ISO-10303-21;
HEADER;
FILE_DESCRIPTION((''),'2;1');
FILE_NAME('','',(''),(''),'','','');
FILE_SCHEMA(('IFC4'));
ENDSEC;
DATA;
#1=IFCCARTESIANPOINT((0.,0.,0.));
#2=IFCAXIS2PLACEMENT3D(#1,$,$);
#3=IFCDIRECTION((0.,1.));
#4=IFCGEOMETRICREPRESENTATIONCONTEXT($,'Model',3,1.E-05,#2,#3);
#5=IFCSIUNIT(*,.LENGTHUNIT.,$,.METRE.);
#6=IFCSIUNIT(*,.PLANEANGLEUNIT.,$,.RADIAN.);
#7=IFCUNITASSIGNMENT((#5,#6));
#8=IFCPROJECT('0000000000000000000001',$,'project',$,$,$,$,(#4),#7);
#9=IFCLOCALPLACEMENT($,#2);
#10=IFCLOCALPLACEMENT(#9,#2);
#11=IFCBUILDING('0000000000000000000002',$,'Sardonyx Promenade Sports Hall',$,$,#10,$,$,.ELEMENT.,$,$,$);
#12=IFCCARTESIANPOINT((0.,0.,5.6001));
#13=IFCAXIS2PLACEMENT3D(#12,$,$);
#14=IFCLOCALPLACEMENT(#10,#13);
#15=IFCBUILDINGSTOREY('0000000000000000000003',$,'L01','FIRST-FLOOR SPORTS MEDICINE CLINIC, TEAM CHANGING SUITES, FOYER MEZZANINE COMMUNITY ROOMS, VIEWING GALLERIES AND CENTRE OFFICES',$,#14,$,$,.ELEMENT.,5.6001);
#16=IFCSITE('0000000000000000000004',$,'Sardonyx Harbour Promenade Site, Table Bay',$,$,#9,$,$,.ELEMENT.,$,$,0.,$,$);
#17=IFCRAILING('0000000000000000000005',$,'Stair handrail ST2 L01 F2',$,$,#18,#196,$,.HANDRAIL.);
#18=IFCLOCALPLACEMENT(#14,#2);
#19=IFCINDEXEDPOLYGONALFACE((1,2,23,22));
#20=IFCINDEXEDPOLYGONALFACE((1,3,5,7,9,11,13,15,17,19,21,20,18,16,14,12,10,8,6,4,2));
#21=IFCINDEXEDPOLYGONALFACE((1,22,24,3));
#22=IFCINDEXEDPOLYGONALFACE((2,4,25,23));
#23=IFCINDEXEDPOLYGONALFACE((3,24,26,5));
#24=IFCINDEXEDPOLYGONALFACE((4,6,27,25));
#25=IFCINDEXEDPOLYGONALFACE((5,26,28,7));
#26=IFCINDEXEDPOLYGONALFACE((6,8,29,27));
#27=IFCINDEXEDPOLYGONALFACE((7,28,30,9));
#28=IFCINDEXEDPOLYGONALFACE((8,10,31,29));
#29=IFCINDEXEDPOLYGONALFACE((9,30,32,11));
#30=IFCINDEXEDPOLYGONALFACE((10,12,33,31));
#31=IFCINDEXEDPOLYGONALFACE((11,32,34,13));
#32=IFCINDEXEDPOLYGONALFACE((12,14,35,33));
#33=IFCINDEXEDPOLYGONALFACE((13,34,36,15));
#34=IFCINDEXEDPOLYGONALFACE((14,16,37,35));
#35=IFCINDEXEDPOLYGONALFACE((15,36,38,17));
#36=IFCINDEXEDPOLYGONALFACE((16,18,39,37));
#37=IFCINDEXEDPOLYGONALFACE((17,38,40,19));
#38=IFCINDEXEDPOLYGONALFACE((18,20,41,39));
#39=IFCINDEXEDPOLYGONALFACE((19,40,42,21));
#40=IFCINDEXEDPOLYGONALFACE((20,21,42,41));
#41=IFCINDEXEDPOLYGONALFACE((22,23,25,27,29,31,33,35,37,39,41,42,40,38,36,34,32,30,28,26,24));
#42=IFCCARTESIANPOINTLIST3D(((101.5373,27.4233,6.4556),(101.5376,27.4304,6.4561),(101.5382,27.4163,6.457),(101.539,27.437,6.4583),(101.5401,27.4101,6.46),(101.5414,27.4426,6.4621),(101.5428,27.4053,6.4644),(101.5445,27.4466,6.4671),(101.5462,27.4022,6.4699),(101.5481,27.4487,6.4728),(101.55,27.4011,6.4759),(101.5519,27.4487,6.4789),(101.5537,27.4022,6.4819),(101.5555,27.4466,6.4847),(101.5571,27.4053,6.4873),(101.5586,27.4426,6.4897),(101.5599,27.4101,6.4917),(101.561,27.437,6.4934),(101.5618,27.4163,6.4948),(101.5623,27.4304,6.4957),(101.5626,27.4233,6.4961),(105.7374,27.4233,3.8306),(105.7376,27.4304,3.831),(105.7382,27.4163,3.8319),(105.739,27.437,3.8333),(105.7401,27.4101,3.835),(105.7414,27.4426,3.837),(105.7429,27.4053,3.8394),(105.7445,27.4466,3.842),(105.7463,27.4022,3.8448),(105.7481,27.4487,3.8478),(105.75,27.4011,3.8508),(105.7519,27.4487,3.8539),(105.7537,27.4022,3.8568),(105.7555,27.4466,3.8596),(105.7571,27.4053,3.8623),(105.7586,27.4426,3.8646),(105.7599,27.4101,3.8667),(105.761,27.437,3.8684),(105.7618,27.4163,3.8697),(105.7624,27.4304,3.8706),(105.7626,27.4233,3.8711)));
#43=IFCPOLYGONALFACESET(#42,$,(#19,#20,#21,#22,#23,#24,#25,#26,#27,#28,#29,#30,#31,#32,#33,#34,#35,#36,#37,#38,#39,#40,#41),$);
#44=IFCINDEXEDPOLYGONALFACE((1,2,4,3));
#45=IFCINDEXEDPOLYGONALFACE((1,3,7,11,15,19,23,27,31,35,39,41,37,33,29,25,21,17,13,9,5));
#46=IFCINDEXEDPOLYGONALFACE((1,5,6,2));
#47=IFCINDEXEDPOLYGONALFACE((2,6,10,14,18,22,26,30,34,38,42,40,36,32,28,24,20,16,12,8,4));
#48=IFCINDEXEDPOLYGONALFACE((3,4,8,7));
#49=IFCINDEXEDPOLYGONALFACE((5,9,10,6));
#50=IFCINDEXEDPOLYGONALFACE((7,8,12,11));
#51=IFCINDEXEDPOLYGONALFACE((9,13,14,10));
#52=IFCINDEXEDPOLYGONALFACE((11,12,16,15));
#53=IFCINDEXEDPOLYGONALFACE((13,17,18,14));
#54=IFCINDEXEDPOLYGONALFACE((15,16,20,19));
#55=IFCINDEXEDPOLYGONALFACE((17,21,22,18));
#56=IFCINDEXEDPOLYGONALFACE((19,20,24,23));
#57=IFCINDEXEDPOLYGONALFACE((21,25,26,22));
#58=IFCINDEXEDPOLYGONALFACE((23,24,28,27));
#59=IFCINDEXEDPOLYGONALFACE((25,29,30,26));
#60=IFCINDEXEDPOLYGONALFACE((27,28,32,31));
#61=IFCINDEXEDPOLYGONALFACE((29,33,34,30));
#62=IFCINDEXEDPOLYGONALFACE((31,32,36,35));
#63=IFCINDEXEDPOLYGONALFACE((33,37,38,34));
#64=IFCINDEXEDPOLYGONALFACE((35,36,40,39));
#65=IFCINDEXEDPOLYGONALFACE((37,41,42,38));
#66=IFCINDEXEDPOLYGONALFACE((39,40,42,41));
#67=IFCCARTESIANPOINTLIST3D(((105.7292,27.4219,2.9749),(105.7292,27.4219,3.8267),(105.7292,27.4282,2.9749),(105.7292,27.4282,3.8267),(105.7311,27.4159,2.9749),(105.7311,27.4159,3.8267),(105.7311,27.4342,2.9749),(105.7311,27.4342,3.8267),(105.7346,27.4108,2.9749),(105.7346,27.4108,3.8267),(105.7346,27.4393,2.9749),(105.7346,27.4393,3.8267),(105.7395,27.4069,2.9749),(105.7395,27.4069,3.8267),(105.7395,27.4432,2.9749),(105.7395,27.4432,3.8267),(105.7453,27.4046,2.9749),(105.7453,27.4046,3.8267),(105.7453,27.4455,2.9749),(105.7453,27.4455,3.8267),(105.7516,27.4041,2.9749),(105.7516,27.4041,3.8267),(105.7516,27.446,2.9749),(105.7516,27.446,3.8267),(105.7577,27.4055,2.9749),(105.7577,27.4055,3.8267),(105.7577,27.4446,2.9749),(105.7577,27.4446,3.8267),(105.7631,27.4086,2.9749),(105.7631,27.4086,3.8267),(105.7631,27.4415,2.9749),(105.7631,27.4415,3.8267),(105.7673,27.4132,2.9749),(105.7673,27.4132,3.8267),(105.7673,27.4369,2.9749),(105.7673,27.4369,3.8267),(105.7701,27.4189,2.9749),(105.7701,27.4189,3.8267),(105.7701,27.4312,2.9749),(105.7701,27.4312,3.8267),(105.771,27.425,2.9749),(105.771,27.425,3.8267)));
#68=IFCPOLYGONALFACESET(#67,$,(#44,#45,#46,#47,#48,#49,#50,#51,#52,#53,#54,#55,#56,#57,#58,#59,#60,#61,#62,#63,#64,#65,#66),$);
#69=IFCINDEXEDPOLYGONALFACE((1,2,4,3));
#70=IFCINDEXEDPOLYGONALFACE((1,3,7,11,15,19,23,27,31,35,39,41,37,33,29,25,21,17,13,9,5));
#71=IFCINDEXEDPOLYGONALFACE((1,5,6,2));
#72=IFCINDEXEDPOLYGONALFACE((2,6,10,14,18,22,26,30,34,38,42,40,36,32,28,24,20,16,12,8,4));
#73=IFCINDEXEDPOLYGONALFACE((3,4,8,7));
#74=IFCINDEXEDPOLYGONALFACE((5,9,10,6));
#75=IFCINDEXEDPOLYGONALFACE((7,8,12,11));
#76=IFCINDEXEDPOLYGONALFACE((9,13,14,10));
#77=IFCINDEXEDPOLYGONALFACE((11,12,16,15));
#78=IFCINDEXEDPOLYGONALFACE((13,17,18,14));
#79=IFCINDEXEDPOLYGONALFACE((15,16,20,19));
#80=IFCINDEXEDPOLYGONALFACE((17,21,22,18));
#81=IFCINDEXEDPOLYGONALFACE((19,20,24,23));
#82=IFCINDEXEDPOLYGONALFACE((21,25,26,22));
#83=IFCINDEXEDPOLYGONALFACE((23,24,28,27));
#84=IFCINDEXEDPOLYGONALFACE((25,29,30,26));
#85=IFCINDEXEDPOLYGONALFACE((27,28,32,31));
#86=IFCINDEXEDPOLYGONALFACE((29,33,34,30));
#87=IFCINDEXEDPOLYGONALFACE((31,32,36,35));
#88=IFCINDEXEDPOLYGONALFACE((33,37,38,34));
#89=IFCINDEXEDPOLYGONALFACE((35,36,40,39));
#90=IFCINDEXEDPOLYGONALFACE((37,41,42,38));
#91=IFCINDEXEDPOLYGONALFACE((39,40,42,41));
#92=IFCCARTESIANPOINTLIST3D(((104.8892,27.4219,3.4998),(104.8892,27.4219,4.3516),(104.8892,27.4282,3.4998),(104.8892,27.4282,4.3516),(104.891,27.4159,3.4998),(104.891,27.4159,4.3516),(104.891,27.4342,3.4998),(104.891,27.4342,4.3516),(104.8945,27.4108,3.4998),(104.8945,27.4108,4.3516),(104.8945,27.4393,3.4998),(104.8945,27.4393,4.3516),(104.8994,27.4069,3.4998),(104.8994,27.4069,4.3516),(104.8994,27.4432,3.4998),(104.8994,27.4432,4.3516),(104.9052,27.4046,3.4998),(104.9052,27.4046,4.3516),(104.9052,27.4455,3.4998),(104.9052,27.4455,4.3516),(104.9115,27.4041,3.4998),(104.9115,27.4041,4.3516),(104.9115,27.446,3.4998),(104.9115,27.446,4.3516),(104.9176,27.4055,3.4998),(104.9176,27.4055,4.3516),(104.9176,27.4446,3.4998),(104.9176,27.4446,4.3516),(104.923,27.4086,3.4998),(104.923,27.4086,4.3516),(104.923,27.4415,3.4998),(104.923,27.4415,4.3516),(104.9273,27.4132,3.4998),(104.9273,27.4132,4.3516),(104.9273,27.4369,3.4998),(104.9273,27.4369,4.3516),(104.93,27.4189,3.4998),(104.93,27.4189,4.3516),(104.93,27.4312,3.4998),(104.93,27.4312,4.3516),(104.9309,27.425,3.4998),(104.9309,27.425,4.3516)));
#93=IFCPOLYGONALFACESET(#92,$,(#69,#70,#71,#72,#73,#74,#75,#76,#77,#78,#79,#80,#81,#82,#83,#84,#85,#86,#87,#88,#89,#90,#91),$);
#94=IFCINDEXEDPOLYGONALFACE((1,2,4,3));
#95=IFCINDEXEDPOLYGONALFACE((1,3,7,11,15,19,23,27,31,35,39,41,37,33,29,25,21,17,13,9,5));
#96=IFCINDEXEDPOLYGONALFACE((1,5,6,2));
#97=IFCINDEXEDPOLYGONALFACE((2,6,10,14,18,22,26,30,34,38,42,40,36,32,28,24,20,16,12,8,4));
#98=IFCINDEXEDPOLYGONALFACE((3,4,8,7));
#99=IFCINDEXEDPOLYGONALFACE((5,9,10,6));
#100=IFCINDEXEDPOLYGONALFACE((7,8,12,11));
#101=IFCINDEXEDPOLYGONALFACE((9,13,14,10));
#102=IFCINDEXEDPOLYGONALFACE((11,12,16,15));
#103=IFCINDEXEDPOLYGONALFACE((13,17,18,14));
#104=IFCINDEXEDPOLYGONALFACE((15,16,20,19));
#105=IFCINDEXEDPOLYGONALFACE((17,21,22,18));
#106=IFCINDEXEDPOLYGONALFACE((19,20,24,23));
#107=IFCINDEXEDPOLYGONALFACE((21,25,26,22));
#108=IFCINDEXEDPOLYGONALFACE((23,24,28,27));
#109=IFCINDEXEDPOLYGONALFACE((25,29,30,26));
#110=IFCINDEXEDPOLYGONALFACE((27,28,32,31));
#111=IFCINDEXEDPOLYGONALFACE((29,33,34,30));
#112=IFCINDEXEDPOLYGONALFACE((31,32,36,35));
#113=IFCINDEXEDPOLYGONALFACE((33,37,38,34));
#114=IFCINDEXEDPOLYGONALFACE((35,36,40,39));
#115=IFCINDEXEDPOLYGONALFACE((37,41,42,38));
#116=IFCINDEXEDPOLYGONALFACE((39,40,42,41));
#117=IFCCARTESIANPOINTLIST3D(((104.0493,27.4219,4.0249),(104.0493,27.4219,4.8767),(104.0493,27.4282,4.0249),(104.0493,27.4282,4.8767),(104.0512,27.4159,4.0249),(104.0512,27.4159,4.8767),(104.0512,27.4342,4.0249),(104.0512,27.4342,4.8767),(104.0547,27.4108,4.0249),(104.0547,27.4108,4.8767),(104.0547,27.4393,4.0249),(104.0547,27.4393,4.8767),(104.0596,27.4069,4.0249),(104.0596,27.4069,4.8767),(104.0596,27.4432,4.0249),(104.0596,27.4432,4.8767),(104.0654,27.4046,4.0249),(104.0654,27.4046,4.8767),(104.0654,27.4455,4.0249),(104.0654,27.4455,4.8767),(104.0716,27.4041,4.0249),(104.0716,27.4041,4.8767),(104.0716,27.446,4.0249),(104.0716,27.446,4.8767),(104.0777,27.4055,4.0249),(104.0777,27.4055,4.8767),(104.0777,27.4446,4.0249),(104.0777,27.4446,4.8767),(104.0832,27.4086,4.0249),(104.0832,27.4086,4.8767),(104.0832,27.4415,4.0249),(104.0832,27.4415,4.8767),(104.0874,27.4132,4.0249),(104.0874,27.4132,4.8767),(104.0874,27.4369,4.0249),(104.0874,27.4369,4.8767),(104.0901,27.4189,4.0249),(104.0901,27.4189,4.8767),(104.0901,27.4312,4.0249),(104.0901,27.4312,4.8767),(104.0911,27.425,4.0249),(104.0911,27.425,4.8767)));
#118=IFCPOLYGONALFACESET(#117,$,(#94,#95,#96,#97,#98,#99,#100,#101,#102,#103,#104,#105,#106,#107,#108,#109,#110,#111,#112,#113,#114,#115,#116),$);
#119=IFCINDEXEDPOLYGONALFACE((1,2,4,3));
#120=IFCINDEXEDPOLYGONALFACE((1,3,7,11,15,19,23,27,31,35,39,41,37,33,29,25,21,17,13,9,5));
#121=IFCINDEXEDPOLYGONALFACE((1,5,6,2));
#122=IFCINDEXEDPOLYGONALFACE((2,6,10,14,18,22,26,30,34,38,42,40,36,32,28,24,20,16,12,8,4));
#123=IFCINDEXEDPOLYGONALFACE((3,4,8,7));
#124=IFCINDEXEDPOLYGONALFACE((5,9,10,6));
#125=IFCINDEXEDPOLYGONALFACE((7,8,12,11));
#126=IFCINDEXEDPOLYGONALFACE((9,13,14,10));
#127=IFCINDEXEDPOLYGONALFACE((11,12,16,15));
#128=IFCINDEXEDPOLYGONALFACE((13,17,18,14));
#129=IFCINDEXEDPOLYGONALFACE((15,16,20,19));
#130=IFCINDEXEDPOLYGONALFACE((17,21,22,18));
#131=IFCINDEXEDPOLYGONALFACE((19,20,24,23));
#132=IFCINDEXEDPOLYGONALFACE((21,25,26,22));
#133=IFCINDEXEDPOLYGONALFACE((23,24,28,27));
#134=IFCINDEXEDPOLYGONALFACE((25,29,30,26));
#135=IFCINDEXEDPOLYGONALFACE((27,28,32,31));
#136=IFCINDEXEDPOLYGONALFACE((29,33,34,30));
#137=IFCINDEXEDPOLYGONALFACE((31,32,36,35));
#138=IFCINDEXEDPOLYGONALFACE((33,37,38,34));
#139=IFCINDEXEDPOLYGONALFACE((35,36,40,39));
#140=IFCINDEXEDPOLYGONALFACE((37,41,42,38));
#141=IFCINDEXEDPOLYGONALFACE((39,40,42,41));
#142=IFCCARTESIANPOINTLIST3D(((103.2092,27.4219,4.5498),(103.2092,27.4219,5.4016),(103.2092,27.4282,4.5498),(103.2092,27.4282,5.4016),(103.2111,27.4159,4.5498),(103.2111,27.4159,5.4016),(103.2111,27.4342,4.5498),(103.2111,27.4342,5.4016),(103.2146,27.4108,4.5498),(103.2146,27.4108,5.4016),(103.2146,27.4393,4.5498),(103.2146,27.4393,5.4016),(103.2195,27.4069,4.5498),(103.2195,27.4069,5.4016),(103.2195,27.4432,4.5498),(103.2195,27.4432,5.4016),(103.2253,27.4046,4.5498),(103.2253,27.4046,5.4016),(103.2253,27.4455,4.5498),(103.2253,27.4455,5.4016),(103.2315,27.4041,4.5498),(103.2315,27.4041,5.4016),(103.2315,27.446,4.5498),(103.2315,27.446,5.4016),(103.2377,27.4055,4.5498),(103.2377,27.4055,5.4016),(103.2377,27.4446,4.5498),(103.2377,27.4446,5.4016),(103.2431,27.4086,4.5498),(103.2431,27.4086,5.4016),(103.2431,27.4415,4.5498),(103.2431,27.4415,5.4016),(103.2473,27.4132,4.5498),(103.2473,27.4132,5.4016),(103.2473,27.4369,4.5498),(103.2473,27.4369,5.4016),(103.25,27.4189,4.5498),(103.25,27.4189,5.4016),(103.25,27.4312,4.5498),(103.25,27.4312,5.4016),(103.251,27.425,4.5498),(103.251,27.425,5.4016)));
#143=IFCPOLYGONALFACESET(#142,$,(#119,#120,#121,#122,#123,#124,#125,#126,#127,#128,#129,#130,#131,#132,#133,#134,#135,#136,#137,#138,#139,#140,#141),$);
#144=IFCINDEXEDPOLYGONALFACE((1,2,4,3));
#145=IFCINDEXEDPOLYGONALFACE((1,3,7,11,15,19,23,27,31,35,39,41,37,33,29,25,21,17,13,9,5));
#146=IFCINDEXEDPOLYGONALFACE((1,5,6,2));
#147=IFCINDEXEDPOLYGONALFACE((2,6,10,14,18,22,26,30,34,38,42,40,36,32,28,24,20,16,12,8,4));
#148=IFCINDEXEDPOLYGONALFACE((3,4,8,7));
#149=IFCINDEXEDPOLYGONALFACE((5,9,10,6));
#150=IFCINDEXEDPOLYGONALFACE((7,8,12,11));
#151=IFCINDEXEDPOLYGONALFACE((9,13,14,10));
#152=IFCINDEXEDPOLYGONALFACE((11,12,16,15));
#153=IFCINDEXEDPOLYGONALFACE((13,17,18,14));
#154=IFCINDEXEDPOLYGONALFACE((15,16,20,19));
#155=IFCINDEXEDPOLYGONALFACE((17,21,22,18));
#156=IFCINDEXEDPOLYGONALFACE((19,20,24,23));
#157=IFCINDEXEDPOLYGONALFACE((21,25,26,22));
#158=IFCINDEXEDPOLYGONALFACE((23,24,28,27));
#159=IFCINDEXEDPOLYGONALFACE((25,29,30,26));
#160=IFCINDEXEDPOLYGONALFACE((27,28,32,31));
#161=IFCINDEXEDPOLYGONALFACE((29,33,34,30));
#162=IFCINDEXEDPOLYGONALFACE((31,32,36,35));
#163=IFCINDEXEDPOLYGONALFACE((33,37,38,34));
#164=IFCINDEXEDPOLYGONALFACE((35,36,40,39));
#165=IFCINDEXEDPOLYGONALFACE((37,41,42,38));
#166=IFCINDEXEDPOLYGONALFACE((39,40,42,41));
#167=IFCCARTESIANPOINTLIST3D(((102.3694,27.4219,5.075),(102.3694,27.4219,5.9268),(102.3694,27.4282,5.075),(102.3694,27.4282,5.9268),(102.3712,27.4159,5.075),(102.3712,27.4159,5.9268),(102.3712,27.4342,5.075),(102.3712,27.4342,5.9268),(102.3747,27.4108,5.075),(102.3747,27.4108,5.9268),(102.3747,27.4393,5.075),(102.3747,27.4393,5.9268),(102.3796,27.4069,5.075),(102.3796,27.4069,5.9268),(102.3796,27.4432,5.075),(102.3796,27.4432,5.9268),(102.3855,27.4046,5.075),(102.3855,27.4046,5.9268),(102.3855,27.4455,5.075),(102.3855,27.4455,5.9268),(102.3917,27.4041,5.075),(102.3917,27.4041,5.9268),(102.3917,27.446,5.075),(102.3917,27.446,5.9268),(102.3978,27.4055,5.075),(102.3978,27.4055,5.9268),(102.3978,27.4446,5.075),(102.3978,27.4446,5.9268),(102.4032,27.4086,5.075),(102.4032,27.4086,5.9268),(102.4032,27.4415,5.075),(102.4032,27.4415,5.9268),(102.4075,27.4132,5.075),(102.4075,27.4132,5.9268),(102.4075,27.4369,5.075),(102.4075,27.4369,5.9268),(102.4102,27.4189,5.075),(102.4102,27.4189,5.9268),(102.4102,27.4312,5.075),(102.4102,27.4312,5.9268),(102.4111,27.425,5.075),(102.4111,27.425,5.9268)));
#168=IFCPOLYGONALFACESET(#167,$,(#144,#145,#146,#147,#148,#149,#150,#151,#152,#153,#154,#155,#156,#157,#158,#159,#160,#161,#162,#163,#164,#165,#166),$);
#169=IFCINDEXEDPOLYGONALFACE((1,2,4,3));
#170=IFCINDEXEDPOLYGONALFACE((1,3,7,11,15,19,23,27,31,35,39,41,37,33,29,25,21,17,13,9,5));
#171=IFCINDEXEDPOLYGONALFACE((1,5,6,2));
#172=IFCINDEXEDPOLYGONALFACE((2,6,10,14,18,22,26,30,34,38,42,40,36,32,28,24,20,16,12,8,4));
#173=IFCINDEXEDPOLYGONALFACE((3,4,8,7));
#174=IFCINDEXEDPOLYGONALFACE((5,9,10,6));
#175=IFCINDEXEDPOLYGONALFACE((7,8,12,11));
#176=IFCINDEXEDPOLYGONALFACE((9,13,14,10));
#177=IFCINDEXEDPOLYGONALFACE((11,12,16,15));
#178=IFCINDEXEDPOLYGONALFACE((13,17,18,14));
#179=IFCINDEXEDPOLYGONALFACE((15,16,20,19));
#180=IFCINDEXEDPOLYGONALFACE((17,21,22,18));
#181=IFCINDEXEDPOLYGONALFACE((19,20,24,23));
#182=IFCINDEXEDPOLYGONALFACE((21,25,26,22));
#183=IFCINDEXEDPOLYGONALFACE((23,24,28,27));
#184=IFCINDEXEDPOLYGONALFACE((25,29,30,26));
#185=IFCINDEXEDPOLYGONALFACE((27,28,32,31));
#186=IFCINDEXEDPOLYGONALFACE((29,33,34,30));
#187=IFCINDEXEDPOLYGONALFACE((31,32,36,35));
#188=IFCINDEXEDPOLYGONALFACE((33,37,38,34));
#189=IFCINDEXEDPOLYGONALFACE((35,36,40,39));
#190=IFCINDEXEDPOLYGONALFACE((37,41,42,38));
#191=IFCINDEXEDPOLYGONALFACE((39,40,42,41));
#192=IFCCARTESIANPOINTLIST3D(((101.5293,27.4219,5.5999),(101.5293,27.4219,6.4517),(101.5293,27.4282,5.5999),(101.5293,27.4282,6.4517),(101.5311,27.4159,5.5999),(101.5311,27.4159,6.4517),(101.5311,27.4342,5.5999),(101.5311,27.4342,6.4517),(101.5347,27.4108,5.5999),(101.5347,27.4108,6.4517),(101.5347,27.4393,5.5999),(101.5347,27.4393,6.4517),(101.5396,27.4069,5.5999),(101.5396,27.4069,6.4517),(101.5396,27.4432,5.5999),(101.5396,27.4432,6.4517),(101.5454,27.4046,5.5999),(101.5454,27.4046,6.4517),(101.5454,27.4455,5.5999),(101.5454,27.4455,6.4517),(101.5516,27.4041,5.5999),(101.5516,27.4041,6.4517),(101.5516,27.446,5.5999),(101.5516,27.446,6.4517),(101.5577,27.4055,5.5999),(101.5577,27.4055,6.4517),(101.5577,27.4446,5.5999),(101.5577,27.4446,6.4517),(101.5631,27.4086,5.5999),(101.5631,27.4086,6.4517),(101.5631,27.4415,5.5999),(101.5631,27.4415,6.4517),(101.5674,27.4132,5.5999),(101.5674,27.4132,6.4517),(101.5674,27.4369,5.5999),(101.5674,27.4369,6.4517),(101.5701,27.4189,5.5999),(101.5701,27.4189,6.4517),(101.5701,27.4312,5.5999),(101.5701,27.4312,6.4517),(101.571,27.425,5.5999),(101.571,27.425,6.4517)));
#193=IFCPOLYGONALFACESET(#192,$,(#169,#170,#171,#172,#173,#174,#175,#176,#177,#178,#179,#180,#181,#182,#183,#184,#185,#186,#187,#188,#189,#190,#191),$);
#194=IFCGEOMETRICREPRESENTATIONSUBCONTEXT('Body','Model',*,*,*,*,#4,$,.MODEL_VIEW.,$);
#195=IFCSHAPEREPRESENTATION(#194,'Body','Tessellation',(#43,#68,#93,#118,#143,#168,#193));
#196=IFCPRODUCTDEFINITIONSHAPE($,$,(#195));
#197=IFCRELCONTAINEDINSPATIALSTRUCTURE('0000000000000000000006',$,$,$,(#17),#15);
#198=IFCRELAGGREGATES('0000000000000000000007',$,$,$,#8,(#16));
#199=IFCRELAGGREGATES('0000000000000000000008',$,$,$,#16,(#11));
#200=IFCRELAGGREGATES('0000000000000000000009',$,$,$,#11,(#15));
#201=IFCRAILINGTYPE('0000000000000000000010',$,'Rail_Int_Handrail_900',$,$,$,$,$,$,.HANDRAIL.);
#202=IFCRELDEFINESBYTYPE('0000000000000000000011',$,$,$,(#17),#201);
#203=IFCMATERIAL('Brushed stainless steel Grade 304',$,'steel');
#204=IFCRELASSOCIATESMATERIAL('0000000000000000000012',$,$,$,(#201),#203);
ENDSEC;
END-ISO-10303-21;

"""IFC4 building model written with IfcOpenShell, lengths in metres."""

from ifc_helpers import new_model, si_unit, direction, frame, origin, origin_2d, place, context, subcontext, project, spatial, circle, extrude, material, type_object, element, save


model = new_model("IFC4")

# Units and contexts
model_context = context("Model", 3, precision=1e-05, world=origin(), true_north=direction((0.0, 1.0)))
body_context = subcontext(model_context, "Body", "Model", "MODEL_VIEW")
ifc_project = project(units=[si_unit("LENGTHUNIT", "METRE"), si_unit("PLANEANGLEUNIT", "RADIAN")], contexts=[model_context])

# Site, building, storey
site_placement = place(None, origin())
site = spatial("IfcSite", under=ifc_project, at=site_placement, Name="Sardonyx Harbour Promenade Site, Table Bay", CompositionType="ELEMENT", RefElevation=0.0)
building_placement = place(site_placement, origin())
building = spatial("IfcBuilding", under=site, at=building_placement, Name="Sardonyx Promenade Sports Hall", CompositionType="ELEMENT")
storey_placement = place(building_placement, frame((0.0, 0.0, 5.6001)))
storey = spatial("IfcBuildingStorey", under=building, at=storey_placement, Name="L01", Description="FIRST-FLOOR SPORTS MEDICINE CLINIC, TEAM CHANGING SUITES, FOYER MEZZANINE COMMUNITY ROOMS, VIEWING GALLERIES AND CENTRE OFFICES", CompositionType="ELEMENT", Elevation=5.6001)

# Railing
ifc_material_1 = material(Name="Brushed stainless steel Grade 304", Category="steel")
railing_type_1 = type_object("IfcRailingType", Name="Rail_Int_Handrail_900", PredefinedType="HANDRAIL", material=ifc_material_1)
railing_1_placement = place(storey_placement, frame((105.75, 27.425, 2.9749)))
element("IfcRailing", 1, at=railing_1_placement, inside=storey, type_object=railing_type_1, Name="Stair handrail ST2 L01 F2", PredefinedType="HANDRAIL", context=body_context, shape_type="SweptSolid", body=[
    extrude(circle(Radius=0.0239, at=origin_2d()), frame((0.0, 0.0, 0.876), z_axis=(-0.847996, 0.0, 0.530003), x_axis=(0.0, -1.0, 0.0)), (0.0, 0.0, 1.0), 4.9529),
    extrude(circle(Radius=0.021, at=origin_2d()), origin(), (0.0, 0.0, 1.0), 0.8518),
    extrude(circle(Radius=0.021, at=origin_2d()), frame((-0.8401, 0.0, 0.5249)), (0.0, 0.0, 1.0), 0.8518),
    extrude(circle(Radius=0.021, at=origin_2d()), frame((-1.6799, 0.0, 1.05)), (0.0, 0.0, 1.0), 0.8518),
    extrude(circle(Radius=0.021, at=origin_2d()), frame((-2.52, 0.0, 1.575)), (0.0, 0.0, 1.0), 0.8518),
    extrude(circle(Radius=0.021, at=origin_2d()), frame((-3.3599, 0.0, 2.1001)), (0.0, 0.0, 1.0), 0.8518),
    extrude(circle(Radius=0.021, at=origin_2d()), frame((-4.2, 0.0, 2.625)), (0.0, 0.0, 1.0), 0.8518),
])

save(model, "model.ifc")
